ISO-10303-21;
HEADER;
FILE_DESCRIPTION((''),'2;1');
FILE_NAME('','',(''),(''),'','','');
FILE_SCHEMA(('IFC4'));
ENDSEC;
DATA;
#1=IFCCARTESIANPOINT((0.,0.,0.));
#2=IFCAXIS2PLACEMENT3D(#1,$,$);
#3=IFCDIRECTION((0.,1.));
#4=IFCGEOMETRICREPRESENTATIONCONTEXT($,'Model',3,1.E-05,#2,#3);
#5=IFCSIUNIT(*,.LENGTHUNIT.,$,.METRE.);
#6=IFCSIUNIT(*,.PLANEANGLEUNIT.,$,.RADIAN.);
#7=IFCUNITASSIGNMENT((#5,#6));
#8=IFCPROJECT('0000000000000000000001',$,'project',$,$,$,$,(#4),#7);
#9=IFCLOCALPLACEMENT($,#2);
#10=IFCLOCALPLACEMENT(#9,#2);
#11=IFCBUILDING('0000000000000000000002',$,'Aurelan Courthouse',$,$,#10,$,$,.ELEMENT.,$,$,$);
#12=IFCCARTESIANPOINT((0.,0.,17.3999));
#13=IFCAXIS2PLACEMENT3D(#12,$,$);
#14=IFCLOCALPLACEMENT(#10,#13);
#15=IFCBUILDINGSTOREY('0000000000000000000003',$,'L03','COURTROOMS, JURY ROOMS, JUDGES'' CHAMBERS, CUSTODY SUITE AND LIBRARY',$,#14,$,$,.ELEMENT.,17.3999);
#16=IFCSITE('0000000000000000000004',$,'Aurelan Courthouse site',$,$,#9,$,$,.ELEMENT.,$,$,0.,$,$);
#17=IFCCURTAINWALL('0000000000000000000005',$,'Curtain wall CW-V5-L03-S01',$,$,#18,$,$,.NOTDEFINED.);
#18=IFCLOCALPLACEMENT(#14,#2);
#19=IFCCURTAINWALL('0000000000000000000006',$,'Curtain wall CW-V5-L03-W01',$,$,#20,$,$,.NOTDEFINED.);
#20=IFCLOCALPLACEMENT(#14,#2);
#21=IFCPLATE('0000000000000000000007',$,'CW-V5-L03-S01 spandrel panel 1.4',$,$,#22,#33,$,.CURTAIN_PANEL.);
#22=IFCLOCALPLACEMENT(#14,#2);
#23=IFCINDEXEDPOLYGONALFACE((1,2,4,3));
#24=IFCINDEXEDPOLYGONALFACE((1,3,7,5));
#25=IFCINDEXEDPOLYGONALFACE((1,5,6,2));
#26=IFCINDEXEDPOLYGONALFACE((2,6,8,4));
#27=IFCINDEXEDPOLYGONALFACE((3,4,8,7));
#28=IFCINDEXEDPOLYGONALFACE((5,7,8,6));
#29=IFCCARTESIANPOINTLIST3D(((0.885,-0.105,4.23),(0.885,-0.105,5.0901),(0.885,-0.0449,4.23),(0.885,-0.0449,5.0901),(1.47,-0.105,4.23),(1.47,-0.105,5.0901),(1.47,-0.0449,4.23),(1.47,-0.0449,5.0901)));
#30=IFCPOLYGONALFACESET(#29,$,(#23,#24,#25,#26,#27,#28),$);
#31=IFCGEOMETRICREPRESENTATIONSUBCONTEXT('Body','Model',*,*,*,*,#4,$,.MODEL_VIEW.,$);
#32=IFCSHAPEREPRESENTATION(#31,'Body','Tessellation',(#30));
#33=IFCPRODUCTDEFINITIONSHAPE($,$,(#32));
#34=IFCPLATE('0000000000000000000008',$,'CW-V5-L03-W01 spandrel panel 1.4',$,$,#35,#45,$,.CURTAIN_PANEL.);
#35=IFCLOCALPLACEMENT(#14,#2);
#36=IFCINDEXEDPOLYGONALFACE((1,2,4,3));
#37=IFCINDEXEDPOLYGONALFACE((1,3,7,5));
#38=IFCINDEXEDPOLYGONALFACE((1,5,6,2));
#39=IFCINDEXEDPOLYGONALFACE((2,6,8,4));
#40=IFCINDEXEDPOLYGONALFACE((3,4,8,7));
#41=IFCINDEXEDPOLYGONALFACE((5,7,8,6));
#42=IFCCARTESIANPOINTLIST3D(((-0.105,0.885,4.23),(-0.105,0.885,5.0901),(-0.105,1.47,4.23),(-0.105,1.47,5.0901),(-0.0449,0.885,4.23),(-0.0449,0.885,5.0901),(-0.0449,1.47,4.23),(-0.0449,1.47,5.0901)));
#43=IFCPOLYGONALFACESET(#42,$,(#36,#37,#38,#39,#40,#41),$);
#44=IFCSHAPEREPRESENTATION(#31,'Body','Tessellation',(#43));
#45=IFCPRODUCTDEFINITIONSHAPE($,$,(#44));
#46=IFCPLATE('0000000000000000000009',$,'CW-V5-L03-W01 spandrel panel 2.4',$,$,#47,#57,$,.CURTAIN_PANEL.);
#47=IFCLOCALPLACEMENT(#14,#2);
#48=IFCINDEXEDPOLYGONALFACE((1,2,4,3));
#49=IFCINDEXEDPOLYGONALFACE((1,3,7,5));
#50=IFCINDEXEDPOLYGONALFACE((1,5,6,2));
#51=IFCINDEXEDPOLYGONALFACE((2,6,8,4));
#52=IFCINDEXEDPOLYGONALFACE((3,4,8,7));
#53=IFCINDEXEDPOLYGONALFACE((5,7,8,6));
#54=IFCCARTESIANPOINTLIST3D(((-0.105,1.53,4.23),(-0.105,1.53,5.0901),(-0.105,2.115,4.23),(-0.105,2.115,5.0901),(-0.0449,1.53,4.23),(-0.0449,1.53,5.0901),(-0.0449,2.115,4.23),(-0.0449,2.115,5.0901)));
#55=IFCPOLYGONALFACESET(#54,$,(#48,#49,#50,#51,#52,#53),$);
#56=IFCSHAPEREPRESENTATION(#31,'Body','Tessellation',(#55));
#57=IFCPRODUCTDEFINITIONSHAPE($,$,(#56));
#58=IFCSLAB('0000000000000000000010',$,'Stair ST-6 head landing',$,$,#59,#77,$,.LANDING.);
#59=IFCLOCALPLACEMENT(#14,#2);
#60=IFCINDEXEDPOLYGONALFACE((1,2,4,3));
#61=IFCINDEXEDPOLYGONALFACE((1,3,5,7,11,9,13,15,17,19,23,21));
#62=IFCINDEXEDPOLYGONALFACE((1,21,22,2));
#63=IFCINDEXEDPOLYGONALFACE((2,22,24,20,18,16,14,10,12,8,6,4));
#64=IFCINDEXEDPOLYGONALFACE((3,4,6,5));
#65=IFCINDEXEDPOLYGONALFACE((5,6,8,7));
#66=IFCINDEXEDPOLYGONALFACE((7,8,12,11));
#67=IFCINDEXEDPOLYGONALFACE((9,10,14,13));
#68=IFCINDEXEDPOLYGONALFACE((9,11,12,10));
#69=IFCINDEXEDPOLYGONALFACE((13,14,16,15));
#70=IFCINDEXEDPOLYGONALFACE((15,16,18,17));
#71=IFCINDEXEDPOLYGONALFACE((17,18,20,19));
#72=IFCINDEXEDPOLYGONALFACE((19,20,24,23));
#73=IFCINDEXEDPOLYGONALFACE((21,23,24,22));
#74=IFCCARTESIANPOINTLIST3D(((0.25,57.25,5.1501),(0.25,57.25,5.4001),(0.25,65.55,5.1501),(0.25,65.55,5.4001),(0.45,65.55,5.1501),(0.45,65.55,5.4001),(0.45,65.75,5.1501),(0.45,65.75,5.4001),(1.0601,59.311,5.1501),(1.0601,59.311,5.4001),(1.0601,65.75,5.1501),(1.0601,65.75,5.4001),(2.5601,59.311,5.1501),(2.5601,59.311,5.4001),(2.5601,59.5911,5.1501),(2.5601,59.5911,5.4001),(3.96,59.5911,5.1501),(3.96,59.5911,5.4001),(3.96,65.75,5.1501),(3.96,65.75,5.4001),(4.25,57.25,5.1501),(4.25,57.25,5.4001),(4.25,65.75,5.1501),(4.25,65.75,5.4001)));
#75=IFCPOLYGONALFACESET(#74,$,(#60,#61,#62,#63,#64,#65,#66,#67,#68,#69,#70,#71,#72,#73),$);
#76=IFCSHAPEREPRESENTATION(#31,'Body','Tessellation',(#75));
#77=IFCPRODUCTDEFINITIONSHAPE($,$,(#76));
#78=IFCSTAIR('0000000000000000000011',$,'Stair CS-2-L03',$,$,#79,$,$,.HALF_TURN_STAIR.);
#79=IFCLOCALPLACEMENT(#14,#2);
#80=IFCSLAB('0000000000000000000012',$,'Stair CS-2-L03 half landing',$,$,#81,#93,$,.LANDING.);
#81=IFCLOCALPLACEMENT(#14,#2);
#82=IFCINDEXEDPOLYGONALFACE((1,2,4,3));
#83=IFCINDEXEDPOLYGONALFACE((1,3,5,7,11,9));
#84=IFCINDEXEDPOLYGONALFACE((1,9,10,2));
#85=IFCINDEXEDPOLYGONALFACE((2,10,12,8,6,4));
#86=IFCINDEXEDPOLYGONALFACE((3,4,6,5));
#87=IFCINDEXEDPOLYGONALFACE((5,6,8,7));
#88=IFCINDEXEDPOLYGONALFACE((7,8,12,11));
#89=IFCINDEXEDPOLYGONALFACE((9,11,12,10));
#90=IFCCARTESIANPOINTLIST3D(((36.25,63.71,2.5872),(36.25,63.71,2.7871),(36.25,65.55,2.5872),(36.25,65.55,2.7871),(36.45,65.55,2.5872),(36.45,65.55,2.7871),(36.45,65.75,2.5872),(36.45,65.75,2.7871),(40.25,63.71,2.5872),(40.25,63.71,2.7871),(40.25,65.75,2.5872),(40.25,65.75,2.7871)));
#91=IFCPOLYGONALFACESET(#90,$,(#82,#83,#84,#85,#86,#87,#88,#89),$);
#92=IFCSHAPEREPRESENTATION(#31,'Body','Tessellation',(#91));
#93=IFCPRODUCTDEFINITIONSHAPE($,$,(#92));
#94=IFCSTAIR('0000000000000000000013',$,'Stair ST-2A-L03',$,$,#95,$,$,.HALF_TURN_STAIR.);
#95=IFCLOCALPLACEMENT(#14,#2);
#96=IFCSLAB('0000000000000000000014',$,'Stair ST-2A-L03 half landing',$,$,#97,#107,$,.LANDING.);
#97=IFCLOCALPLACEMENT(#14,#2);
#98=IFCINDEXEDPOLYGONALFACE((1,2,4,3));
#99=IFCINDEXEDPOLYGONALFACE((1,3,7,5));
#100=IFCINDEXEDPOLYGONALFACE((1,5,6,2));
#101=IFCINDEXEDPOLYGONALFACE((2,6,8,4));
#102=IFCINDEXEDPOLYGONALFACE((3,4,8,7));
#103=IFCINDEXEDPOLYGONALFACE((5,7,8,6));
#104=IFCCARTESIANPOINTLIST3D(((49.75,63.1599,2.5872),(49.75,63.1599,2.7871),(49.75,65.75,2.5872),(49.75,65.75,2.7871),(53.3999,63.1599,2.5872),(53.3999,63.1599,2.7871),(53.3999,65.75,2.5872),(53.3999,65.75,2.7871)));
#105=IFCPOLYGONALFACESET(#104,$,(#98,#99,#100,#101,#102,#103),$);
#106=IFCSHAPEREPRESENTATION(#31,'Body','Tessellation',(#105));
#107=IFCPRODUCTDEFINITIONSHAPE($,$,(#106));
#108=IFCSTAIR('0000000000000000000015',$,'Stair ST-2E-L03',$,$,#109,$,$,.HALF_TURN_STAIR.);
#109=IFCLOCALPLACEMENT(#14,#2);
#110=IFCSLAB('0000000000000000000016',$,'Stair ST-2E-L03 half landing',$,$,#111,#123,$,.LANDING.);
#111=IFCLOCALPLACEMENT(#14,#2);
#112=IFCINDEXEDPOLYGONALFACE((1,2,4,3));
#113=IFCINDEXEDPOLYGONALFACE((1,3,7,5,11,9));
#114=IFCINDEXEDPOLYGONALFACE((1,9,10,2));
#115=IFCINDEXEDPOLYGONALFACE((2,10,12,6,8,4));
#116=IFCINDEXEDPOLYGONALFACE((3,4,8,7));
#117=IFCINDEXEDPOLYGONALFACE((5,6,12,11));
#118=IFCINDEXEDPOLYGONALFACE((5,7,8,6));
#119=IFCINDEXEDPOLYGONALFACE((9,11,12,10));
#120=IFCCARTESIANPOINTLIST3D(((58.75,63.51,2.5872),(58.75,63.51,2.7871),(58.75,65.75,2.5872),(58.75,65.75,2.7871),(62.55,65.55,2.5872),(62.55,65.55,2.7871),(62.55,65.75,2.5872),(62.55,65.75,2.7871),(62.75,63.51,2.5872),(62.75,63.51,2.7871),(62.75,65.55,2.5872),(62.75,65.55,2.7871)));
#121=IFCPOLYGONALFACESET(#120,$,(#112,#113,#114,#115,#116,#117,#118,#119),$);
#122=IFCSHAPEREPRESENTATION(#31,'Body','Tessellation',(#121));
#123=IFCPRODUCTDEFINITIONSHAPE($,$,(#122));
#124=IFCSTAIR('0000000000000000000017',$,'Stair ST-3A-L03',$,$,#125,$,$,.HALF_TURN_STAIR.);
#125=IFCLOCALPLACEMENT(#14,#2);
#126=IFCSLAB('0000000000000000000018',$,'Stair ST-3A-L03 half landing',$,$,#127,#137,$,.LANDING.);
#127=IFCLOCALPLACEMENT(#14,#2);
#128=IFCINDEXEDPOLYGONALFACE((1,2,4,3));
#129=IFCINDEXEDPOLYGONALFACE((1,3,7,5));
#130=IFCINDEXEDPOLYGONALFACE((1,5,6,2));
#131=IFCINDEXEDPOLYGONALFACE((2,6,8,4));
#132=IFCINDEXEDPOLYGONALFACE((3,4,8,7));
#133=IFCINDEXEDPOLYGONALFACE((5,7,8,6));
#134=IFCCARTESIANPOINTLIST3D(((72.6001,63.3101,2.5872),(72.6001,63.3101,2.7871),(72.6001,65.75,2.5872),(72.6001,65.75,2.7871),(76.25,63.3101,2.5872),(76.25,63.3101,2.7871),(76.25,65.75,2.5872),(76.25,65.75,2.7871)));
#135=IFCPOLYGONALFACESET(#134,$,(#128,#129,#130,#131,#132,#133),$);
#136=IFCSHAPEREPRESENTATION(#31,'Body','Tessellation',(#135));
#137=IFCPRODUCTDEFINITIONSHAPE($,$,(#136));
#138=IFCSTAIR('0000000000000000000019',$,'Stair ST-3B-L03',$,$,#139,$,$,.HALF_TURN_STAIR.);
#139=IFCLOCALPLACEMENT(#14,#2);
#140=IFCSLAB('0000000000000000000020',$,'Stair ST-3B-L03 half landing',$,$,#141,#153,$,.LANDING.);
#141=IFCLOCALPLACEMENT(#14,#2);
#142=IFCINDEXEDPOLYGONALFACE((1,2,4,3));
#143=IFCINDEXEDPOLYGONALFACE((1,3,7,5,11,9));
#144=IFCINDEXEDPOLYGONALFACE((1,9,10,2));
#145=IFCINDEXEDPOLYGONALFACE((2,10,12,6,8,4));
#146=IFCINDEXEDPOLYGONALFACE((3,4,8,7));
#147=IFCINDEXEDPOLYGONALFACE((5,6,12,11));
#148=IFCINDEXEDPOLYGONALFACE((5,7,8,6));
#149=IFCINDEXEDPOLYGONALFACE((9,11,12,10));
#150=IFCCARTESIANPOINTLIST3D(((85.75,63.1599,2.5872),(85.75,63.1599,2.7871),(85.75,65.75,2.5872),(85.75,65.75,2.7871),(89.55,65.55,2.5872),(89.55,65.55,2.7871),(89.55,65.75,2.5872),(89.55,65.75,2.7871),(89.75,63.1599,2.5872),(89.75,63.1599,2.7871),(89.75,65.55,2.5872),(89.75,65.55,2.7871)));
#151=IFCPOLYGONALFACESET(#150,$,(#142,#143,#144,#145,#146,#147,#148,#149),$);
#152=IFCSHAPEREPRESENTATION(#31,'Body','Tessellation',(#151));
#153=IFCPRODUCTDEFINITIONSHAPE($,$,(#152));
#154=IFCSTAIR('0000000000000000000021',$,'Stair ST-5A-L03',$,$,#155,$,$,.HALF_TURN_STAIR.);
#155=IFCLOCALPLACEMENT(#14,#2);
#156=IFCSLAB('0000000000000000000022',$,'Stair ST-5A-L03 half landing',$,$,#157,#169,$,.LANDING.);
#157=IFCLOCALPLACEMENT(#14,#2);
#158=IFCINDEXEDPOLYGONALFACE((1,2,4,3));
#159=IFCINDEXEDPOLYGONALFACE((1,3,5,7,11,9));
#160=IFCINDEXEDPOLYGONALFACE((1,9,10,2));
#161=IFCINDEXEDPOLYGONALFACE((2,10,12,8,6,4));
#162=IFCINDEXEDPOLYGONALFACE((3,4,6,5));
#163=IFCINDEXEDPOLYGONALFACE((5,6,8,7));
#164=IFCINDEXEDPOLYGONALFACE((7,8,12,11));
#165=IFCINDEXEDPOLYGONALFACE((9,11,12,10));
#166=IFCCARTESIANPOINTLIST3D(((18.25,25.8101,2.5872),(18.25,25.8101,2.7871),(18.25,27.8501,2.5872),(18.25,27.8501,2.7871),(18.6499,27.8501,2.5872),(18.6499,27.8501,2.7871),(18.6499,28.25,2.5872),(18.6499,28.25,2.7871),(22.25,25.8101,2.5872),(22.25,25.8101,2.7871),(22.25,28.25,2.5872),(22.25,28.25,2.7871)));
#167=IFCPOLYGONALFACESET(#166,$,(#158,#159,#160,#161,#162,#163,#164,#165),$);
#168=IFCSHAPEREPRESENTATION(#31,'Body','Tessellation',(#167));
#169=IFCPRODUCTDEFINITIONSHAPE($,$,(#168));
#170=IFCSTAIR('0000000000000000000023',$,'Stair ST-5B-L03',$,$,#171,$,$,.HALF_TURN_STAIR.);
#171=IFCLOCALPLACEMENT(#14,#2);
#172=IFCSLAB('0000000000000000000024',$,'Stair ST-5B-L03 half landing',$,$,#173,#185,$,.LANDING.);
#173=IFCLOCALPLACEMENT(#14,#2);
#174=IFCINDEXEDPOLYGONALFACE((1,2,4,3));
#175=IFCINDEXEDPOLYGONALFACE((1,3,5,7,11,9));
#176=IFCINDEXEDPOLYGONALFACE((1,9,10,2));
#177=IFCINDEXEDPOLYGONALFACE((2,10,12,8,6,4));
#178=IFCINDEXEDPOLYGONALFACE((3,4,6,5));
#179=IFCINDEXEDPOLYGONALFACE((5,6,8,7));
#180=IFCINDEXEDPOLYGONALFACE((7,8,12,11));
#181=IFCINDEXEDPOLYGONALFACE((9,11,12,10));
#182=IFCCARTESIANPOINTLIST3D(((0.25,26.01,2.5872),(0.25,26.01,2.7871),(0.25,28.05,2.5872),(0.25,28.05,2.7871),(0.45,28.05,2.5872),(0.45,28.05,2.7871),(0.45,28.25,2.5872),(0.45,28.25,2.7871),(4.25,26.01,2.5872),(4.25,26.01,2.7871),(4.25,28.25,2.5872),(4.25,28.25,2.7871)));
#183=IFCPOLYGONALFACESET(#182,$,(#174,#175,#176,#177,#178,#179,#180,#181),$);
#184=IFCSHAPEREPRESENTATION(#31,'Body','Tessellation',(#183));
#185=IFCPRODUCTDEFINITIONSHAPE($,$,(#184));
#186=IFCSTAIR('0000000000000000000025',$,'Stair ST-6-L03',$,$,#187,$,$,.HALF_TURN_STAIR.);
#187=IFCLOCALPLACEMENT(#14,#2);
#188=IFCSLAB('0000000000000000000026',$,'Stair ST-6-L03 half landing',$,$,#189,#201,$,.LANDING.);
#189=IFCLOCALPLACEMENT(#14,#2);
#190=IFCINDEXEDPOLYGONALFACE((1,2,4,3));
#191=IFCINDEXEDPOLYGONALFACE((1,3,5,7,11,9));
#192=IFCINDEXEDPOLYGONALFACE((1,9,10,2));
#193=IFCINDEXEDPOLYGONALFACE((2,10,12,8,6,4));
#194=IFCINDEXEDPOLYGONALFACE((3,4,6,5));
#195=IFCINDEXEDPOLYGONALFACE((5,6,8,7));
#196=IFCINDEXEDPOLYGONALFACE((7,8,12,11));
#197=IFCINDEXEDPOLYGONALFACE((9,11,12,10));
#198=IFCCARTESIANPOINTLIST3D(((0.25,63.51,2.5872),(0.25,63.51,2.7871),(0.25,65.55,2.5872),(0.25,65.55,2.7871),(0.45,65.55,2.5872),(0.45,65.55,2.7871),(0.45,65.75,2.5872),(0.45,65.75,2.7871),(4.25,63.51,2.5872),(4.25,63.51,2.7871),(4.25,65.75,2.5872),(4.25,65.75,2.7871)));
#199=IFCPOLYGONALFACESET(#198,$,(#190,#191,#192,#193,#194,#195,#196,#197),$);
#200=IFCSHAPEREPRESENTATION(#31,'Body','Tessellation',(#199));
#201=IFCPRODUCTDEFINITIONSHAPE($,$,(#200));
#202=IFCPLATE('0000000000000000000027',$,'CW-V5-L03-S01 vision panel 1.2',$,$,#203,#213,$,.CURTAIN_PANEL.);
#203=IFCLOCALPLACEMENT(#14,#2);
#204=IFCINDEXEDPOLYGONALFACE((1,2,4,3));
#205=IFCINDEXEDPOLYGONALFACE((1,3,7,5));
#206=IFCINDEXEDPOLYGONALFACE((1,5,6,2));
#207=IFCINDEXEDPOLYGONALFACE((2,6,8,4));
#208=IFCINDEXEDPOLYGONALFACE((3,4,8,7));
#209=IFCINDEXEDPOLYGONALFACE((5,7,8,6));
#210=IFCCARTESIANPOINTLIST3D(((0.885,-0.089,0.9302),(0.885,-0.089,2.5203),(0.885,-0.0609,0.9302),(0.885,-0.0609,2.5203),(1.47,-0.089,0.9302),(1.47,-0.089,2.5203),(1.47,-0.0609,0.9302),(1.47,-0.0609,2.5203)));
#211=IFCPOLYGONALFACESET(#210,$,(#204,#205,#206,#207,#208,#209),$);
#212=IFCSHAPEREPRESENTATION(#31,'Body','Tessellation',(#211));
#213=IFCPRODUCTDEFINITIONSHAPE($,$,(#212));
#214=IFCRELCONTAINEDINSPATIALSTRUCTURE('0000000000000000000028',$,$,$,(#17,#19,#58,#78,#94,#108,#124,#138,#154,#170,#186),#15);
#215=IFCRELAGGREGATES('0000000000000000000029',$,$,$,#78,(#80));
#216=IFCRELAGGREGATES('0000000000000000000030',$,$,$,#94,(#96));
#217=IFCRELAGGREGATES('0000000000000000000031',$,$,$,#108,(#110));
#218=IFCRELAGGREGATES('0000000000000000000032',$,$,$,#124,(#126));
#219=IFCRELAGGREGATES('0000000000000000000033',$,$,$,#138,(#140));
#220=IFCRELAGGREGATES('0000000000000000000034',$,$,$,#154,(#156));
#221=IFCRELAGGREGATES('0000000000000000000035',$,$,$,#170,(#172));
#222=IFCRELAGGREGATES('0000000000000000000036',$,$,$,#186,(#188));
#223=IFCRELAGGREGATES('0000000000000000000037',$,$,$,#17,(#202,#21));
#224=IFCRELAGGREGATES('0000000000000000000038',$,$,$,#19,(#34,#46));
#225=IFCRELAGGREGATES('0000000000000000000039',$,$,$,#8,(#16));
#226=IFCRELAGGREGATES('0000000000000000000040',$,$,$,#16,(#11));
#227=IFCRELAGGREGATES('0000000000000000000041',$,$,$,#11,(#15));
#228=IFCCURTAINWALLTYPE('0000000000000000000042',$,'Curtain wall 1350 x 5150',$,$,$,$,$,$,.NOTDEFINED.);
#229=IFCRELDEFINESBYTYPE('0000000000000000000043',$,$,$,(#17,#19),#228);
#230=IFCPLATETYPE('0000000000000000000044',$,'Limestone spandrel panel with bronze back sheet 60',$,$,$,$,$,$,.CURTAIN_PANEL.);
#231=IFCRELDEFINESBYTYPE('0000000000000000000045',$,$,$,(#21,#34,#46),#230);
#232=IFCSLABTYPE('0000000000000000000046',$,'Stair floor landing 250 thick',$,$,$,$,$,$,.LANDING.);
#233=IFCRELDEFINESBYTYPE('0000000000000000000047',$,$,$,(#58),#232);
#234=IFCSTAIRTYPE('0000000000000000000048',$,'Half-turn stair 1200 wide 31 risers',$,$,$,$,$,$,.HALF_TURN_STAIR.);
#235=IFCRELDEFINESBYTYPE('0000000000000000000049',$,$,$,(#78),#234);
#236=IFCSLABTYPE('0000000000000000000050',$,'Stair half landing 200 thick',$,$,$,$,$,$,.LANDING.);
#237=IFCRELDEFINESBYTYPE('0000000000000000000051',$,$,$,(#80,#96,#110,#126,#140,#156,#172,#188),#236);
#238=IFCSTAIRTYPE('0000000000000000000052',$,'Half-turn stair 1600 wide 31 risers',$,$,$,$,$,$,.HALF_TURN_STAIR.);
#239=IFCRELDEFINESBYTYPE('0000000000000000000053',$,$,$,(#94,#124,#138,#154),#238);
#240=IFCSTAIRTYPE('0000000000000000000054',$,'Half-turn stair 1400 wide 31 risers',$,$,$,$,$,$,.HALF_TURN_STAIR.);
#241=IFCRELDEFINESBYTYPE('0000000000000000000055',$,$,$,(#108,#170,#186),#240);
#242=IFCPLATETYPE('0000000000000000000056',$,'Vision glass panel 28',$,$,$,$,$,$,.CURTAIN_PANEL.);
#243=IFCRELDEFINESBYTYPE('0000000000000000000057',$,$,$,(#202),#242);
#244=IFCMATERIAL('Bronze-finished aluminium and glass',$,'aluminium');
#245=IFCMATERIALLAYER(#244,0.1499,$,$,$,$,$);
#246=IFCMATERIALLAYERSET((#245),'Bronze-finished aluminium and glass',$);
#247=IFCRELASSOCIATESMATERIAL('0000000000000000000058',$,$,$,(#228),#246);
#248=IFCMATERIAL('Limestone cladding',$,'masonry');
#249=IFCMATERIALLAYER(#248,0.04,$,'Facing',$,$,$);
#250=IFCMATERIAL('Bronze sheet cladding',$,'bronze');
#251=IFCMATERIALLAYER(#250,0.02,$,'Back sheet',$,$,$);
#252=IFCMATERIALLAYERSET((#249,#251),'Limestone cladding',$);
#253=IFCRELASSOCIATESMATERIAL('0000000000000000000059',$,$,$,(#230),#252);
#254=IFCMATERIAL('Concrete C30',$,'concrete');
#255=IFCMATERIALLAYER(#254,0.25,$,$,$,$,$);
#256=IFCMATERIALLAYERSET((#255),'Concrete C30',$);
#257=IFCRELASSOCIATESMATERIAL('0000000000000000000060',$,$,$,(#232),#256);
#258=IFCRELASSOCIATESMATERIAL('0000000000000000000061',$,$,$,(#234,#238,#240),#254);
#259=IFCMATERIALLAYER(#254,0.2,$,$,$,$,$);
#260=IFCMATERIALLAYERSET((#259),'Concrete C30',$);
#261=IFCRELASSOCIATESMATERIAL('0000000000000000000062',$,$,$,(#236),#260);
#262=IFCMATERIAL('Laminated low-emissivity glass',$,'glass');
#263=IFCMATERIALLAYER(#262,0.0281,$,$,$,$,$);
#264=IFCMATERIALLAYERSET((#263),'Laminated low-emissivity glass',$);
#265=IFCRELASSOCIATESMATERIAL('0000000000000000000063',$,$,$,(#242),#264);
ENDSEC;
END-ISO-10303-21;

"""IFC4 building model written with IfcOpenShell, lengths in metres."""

from ifc_helpers import new_model, si_unit, direction, frame, origin, origin_2d, place, context, subcontext, project, spatial, polyline, rectangle, outline, extrude, material, layer, layer_set, type_object, element, aggregate, save


model = new_model("IFC4")

# Units and contexts
model_context = context("Model", 3, precision=1e-05, world=origin(), true_north=direction((0.0, 1.0)))
body_context = subcontext(model_context, "Body", "Model", "MODEL_VIEW")
ifc_project = project(units=[si_unit("LENGTHUNIT", "METRE"), si_unit("PLANEANGLEUNIT", "RADIAN")], contexts=[model_context])

# Site, building, storey
site_placement = place(None, origin())
site = spatial("IfcSite", under=ifc_project, at=site_placement, Name="Aurelan Courthouse site", CompositionType="ELEMENT", RefElevation=0.0)
building_placement = place(site_placement, origin())
building = spatial("IfcBuilding", under=site, at=building_placement, Name="Aurelan Courthouse", CompositionType="ELEMENT")
storey_placement = place(building_placement, frame((0.0, 0.0, 17.3999)))
storey = spatial("IfcBuildingStorey", under=building, at=storey_placement, Name="L03", Description="COURTROOMS, JURY ROOMS, JUDGES' CHAMBERS, CUSTODY SUITE AND LIBRARY", CompositionType="ELEMENT", Elevation=17.3999)

# Curtain walls
ifc_material_1 = material(Name="Bronze-finished aluminium and glass", Category="aluminium")
ifc_layer_1 = layer(ifc_material_1, 0.1499)
ifc_layer_set_1 = layer_set([ifc_layer_1], Name="Bronze-finished aluminium and glass")
curtain_wall_type = type_object("IfcCurtainWallType", Name="Curtain wall 1350 x 5150", PredefinedType="NOTDEFINED", material=ifc_layer_set_1)
curtain_wall_1_placement = place(storey_placement, origin())
curtain_wall_1 = element("IfcCurtainWall", 1, at=curtain_wall_1_placement, inside=storey, type_object=curtain_wall_type, Name="Curtain wall CW-V5-L03-S01", PredefinedType="NOTDEFINED")
curtain_wall_2_placement = place(storey_placement, origin())
curtain_wall_2 = element("IfcCurtainWall", 2, at=curtain_wall_2_placement, inside=storey, type_object=curtain_wall_type, Name="Curtain wall CW-V5-L03-W01", PredefinedType="NOTDEFINED")

# Plates
ifc_material_2 = material(Name="Limestone cladding", Category="masonry")
ifc_layer_2 = layer(ifc_material_2, 0.04, Name="Facing")
ifc_material_3 = material(Name="Bronze sheet cladding", Category="bronze")
ifc_layer_3 = layer(ifc_material_3, 0.02, Name="Back sheet")
ifc_layer_set_2 = layer_set([ifc_layer_2, ifc_layer_3], Name="Limestone cladding")
plate_type_1 = type_object("IfcPlateType", Name="Limestone spandrel panel with bronze back sheet 60", PredefinedType="CURTAIN_PANEL", material=ifc_layer_set_2)
plate_1_placement = place(storey_placement, frame((1.1775, -0.075, 4.23), z_axis=(0.0, 0.0, 1.0), x_axis=(1.0, 0.0, 0.0)))
plate_1 = element("IfcPlate", 3, at=plate_1_placement, type_object=plate_type_1, Name="CW-V5-L03-S01 spandrel panel 1.4", PredefinedType="CURTAIN_PANEL", context=body_context, shape_type="SweptSolid", body=[
    extrude(rectangle(XDim=0.585, YDim=0.0601, at=origin_2d()), origin(), (0.0, 0.0, 1.0), 0.8601),
])
plate_2_placement = place(storey_placement, frame((-0.075, 1.1775, 4.23), z_axis=(0.0, 0.0, 1.0), x_axis=(0.0, 1.0, 0.0)))
plate_2 = element("IfcPlate", 4, at=plate_2_placement, type_object=plate_type_1, Name="CW-V5-L03-W01 spandrel panel 1.4", PredefinedType="CURTAIN_PANEL", context=body_context, shape_type="SweptSolid", body=[
    extrude(rectangle(XDim=0.585, YDim=0.0601, at=origin_2d()), origin(), (0.0, 0.0, 1.0), 0.8601),
])
plate_3_placement = place(storey_placement, frame((-0.075, 1.8225, 4.23), z_axis=(0.0, 0.0, 1.0), x_axis=(0.0, 1.0, 0.0)))
plate_3 = element("IfcPlate", 5, at=plate_3_placement, type_object=plate_type_1, Name="CW-V5-L03-W01 spandrel panel 2.4", PredefinedType="CURTAIN_PANEL", context=body_context, shape_type="SweptSolid", body=[
    extrude(rectangle(XDim=0.585, YDim=0.0601, at=origin_2d()), origin(), (0.0, 0.0, 1.0), 0.8601),
])

# Slab
ifc_material_4 = material(Name="Concrete C30", Category="concrete")
ifc_layer_4 = layer(ifc_material_4, 0.25)
ifc_layer_set_3 = layer_set([ifc_layer_4], Name="Concrete C30")
slab_type_1 = type_object("IfcSlabType", Name="Stair floor landing 250 thick", PredefinedType="LANDING", material=ifc_layer_set_3)
slab_1_placement = place(storey_placement, frame((0.0, 0.0, 5.1501)))
element("IfcSlab", 6, at=slab_1_placement, inside=storey, type_object=slab_type_1, Name="Stair ST-6 head landing", PredefinedType="LANDING", context=body_context, shape_type="SweptSolid", body=[
    extrude(outline(polyline([(1.0601, 59.311), (2.5601, 59.311), (2.5601, 59.5911), (3.96, 59.5911), (3.96, 65.75), (4.25, 65.75), (4.25, 57.25), (0.25, 57.25), (0.25, 65.55), (0.45, 65.55), (0.45, 65.75), (1.0601, 65.75), (1.0601, 59.311)])), origin(), (0.0, 0.0, 1.0), 0.25),
])

# Stairs, slabs
stair_type_1 = type_object("IfcStairType", Name="Half-turn stair 1200 wide 31 risers", PredefinedType="HALF_TURN_STAIR", material=ifc_material_4)
stair_1_placement = place(storey_placement, origin())
stair_1 = element("IfcStair", 7, at=stair_1_placement, inside=storey, type_object=stair_type_1, Name="Stair CS-2-L03", PredefinedType="HALF_TURN_STAIR")
ifc_layer_5 = layer(ifc_material_4, 0.2)
ifc_layer_set_4 = layer_set([ifc_layer_5], Name="Concrete C30")
slab_type_2 = type_object("IfcSlabType", Name="Stair half landing 200 thick", PredefinedType="LANDING", material=ifc_layer_set_4)
slab_2_placement = place(storey_placement, frame((0.0, 0.0, 2.5872)))
slab_2 = element("IfcSlab", 8, at=slab_2_placement, type_object=slab_type_2, Name="Stair CS-2-L03 half landing", PredefinedType="LANDING", context=body_context, shape_type="SweptSolid", body=[
    extrude(outline(polyline([(36.25, 65.55), (36.45, 65.55), (36.45, 65.75), (40.25, 65.75), (40.25, 63.71), (36.25, 63.71), (36.25, 65.55)])), origin(), (0.0, 0.0, 1.0), 0.2),
])
aggregate(stair_1, [slab_2])
stair_type_2 = type_object("IfcStairType", Name="Half-turn stair 1600 wide 31 risers", PredefinedType="HALF_TURN_STAIR", material=ifc_material_4)
stair_2_placement = place(storey_placement, origin())
stair_2 = element("IfcStair", 9, at=stair_2_placement, inside=storey, type_object=stair_type_2, Name="Stair ST-2A-L03", PredefinedType="HALF_TURN_STAIR")
slab_3_placement = place(storey_placement, frame((0.0, 0.0, 2.5872)))
slab_3 = element("IfcSlab", 10, at=slab_3_placement, type_object=slab_type_2, Name="Stair ST-2A-L03 half landing", PredefinedType="LANDING", context=body_context, shape_type="SweptSolid", body=[
    extrude(outline(polyline([(49.75, 63.1599), (49.75, 65.75), (53.3999, 65.75), (53.3999, 63.1599), (49.75, 63.1599)])), origin(), (0.0, 0.0, 1.0), 0.2),
])
aggregate(stair_2, [slab_3])
stair_type_3 = type_object("IfcStairType", Name="Half-turn stair 1400 wide 31 risers", PredefinedType="HALF_TURN_STAIR", material=ifc_material_4)
stair_3_placement = place(storey_placement, origin())
stair_3 = element("IfcStair", 11, at=stair_3_placement, inside=storey, type_object=stair_type_3, Name="Stair ST-2E-L03", PredefinedType="HALF_TURN_STAIR")
slab_4_placement = place(storey_placement, frame((0.0, 0.0, 2.5872)))
slab_4 = element("IfcSlab", 12, at=slab_4_placement, type_object=slab_type_2, Name="Stair ST-2E-L03 half landing", PredefinedType="LANDING", context=body_context, shape_type="SweptSolid", body=[
    extrude(outline(polyline([(58.75, 65.75), (62.55, 65.75), (62.55, 65.55), (62.75, 65.55), (62.75, 63.51), (58.75, 63.51), (58.75, 65.75)])), origin(), (0.0, 0.0, 1.0), 0.2),
])
aggregate(stair_3, [slab_4])
stair_4_placement = place(storey_placement, origin())
stair_4 = element("IfcStair", 13, at=stair_4_placement, inside=storey, type_object=stair_type_2, Name="Stair ST-3A-L03", PredefinedType="HALF_TURN_STAIR")
slab_5_placement = place(storey_placement, frame((0.0, 0.0, 2.5872)))
slab_5 = element("IfcSlab", 14, at=slab_5_placement, type_object=slab_type_2, Name="Stair ST-3A-L03 half landing", PredefinedType="LANDING", context=body_context, shape_type="SweptSolid", body=[
    extrude(outline(polyline([(72.6001, 65.75), (76.25, 65.75), (76.25, 63.3101), (72.6001, 63.3101), (72.6001, 65.75)])), origin(), (0.0, 0.0, 1.0), 0.2),
])
aggregate(stair_4, [slab_5])
stair_5_placement = place(storey_placement, origin())
stair_5 = element("IfcStair", 15, at=stair_5_placement, inside=storey, type_object=stair_type_2, Name="Stair ST-3B-L03", PredefinedType="HALF_TURN_STAIR")
slab_6_placement = place(storey_placement, frame((0.0, 0.0, 2.5872)))
slab_6 = element("IfcSlab", 16, at=slab_6_placement, type_object=slab_type_2, Name="Stair ST-3B-L03 half landing", PredefinedType="LANDING", context=body_context, shape_type="SweptSolid", body=[
    extrude(outline(polyline([(85.75, 63.1599), (85.75, 65.75), (89.55, 65.75), (89.55, 65.55), (89.75, 65.55), (89.75, 63.1599), (85.75, 63.1599)])), origin(), (0.0, 0.0, 1.0), 0.2),
])
aggregate(stair_5, [slab_6])
stair_6_placement = place(storey_placement, origin())
stair_6 = element("IfcStair", 17, at=stair_6_placement, inside=storey, type_object=stair_type_2, Name="Stair ST-5A-L03", PredefinedType="HALF_TURN_STAIR")
slab_7_placement = place(storey_placement, frame((0.0, 0.0, 2.5872)))
slab_7 = element("IfcSlab", 18, at=slab_7_placement, type_object=slab_type_2, Name="Stair ST-5A-L03 half landing", PredefinedType="LANDING", context=body_context, shape_type="SweptSolid", body=[
    extrude(outline(polyline([(18.25, 27.8501), (18.6499, 27.8501), (18.6499, 28.25), (22.25, 28.25), (22.25, 25.8101), (18.25, 25.8101), (18.25, 27.8501)])), origin(), (0.0, 0.0, 1.0), 0.2),
])
aggregate(stair_6, [slab_7])
stair_7_placement = place(storey_placement, origin())
stair_7 = element("IfcStair", 19, at=stair_7_placement, inside=storey, type_object=stair_type_3, Name="Stair ST-5B-L03", PredefinedType="HALF_TURN_STAIR")
slab_8_placement = place(storey_placement, frame((0.0, 0.0, 2.5872)))
slab_8 = element("IfcSlab", 20, at=slab_8_placement, type_object=slab_type_2, Name="Stair ST-5B-L03 half landing", PredefinedType="LANDING", context=body_context, shape_type="SweptSolid", body=[
    extrude(outline(polyline([(4.25, 28.25), (4.25, 26.01), (0.25, 26.01), (0.25, 28.05), (0.45, 28.05), (0.45, 28.25), (4.25, 28.25)])), origin(), (0.0, 0.0, 1.0), 0.2),
])
aggregate(stair_7, [slab_8])
stair_8_placement = place(storey_placement, origin())
stair_8 = element("IfcStair", 21, at=stair_8_placement, inside=storey, type_object=stair_type_3, Name="Stair ST-6-L03", PredefinedType="HALF_TURN_STAIR")
slab_9_placement = place(storey_placement, frame((0.0, 0.0, 2.5872)))
slab_9 = element("IfcSlab", 22, at=slab_9_placement, type_object=slab_type_2, Name="Stair ST-6-L03 half landing", PredefinedType="LANDING", context=body_context, shape_type="SweptSolid", body=[
    extrude(outline(polyline([(0.25, 65.55), (0.45, 65.55), (0.45, 65.75), (4.25, 65.75), (4.25, 63.51), (0.25, 63.51), (0.25, 65.55)])), origin(), (0.0, 0.0, 1.0), 0.2),
])
aggregate(stair_8, [slab_9])

# Plate
ifc_material_5 = material(Name="Laminated low-emissivity glass", Category="glass")
ifc_layer_6 = layer(ifc_material_5, 0.0281)
ifc_layer_set_5 = layer_set([ifc_layer_6], Name="Laminated low-emissivity glass")
plate_type_2 = type_object("IfcPlateType", Name="Vision glass panel 28", PredefinedType="CURTAIN_PANEL", material=ifc_layer_set_5)
plate_4_placement = place(storey_placement, frame((1.1775, -0.075, 0.9302), z_axis=(0.0, 0.0, 1.0), x_axis=(1.0, 0.0, 0.0)))
plate_4 = element("IfcPlate", 23, at=plate_4_placement, type_object=plate_type_2, Name="CW-V5-L03-S01 vision panel 1.2", PredefinedType="CURTAIN_PANEL", context=body_context, shape_type="SweptSolid", body=[
    extrude(rectangle(XDim=0.585, YDim=0.0281, at=origin_2d()), origin(), (0.0, 0.0, 1.0), 1.5901),
])
aggregate(curtain_wall_1, [plate_4, plate_1])
aggregate(curtain_wall_2, [plate_2, plate_3])

save(model, "model.ifc")
